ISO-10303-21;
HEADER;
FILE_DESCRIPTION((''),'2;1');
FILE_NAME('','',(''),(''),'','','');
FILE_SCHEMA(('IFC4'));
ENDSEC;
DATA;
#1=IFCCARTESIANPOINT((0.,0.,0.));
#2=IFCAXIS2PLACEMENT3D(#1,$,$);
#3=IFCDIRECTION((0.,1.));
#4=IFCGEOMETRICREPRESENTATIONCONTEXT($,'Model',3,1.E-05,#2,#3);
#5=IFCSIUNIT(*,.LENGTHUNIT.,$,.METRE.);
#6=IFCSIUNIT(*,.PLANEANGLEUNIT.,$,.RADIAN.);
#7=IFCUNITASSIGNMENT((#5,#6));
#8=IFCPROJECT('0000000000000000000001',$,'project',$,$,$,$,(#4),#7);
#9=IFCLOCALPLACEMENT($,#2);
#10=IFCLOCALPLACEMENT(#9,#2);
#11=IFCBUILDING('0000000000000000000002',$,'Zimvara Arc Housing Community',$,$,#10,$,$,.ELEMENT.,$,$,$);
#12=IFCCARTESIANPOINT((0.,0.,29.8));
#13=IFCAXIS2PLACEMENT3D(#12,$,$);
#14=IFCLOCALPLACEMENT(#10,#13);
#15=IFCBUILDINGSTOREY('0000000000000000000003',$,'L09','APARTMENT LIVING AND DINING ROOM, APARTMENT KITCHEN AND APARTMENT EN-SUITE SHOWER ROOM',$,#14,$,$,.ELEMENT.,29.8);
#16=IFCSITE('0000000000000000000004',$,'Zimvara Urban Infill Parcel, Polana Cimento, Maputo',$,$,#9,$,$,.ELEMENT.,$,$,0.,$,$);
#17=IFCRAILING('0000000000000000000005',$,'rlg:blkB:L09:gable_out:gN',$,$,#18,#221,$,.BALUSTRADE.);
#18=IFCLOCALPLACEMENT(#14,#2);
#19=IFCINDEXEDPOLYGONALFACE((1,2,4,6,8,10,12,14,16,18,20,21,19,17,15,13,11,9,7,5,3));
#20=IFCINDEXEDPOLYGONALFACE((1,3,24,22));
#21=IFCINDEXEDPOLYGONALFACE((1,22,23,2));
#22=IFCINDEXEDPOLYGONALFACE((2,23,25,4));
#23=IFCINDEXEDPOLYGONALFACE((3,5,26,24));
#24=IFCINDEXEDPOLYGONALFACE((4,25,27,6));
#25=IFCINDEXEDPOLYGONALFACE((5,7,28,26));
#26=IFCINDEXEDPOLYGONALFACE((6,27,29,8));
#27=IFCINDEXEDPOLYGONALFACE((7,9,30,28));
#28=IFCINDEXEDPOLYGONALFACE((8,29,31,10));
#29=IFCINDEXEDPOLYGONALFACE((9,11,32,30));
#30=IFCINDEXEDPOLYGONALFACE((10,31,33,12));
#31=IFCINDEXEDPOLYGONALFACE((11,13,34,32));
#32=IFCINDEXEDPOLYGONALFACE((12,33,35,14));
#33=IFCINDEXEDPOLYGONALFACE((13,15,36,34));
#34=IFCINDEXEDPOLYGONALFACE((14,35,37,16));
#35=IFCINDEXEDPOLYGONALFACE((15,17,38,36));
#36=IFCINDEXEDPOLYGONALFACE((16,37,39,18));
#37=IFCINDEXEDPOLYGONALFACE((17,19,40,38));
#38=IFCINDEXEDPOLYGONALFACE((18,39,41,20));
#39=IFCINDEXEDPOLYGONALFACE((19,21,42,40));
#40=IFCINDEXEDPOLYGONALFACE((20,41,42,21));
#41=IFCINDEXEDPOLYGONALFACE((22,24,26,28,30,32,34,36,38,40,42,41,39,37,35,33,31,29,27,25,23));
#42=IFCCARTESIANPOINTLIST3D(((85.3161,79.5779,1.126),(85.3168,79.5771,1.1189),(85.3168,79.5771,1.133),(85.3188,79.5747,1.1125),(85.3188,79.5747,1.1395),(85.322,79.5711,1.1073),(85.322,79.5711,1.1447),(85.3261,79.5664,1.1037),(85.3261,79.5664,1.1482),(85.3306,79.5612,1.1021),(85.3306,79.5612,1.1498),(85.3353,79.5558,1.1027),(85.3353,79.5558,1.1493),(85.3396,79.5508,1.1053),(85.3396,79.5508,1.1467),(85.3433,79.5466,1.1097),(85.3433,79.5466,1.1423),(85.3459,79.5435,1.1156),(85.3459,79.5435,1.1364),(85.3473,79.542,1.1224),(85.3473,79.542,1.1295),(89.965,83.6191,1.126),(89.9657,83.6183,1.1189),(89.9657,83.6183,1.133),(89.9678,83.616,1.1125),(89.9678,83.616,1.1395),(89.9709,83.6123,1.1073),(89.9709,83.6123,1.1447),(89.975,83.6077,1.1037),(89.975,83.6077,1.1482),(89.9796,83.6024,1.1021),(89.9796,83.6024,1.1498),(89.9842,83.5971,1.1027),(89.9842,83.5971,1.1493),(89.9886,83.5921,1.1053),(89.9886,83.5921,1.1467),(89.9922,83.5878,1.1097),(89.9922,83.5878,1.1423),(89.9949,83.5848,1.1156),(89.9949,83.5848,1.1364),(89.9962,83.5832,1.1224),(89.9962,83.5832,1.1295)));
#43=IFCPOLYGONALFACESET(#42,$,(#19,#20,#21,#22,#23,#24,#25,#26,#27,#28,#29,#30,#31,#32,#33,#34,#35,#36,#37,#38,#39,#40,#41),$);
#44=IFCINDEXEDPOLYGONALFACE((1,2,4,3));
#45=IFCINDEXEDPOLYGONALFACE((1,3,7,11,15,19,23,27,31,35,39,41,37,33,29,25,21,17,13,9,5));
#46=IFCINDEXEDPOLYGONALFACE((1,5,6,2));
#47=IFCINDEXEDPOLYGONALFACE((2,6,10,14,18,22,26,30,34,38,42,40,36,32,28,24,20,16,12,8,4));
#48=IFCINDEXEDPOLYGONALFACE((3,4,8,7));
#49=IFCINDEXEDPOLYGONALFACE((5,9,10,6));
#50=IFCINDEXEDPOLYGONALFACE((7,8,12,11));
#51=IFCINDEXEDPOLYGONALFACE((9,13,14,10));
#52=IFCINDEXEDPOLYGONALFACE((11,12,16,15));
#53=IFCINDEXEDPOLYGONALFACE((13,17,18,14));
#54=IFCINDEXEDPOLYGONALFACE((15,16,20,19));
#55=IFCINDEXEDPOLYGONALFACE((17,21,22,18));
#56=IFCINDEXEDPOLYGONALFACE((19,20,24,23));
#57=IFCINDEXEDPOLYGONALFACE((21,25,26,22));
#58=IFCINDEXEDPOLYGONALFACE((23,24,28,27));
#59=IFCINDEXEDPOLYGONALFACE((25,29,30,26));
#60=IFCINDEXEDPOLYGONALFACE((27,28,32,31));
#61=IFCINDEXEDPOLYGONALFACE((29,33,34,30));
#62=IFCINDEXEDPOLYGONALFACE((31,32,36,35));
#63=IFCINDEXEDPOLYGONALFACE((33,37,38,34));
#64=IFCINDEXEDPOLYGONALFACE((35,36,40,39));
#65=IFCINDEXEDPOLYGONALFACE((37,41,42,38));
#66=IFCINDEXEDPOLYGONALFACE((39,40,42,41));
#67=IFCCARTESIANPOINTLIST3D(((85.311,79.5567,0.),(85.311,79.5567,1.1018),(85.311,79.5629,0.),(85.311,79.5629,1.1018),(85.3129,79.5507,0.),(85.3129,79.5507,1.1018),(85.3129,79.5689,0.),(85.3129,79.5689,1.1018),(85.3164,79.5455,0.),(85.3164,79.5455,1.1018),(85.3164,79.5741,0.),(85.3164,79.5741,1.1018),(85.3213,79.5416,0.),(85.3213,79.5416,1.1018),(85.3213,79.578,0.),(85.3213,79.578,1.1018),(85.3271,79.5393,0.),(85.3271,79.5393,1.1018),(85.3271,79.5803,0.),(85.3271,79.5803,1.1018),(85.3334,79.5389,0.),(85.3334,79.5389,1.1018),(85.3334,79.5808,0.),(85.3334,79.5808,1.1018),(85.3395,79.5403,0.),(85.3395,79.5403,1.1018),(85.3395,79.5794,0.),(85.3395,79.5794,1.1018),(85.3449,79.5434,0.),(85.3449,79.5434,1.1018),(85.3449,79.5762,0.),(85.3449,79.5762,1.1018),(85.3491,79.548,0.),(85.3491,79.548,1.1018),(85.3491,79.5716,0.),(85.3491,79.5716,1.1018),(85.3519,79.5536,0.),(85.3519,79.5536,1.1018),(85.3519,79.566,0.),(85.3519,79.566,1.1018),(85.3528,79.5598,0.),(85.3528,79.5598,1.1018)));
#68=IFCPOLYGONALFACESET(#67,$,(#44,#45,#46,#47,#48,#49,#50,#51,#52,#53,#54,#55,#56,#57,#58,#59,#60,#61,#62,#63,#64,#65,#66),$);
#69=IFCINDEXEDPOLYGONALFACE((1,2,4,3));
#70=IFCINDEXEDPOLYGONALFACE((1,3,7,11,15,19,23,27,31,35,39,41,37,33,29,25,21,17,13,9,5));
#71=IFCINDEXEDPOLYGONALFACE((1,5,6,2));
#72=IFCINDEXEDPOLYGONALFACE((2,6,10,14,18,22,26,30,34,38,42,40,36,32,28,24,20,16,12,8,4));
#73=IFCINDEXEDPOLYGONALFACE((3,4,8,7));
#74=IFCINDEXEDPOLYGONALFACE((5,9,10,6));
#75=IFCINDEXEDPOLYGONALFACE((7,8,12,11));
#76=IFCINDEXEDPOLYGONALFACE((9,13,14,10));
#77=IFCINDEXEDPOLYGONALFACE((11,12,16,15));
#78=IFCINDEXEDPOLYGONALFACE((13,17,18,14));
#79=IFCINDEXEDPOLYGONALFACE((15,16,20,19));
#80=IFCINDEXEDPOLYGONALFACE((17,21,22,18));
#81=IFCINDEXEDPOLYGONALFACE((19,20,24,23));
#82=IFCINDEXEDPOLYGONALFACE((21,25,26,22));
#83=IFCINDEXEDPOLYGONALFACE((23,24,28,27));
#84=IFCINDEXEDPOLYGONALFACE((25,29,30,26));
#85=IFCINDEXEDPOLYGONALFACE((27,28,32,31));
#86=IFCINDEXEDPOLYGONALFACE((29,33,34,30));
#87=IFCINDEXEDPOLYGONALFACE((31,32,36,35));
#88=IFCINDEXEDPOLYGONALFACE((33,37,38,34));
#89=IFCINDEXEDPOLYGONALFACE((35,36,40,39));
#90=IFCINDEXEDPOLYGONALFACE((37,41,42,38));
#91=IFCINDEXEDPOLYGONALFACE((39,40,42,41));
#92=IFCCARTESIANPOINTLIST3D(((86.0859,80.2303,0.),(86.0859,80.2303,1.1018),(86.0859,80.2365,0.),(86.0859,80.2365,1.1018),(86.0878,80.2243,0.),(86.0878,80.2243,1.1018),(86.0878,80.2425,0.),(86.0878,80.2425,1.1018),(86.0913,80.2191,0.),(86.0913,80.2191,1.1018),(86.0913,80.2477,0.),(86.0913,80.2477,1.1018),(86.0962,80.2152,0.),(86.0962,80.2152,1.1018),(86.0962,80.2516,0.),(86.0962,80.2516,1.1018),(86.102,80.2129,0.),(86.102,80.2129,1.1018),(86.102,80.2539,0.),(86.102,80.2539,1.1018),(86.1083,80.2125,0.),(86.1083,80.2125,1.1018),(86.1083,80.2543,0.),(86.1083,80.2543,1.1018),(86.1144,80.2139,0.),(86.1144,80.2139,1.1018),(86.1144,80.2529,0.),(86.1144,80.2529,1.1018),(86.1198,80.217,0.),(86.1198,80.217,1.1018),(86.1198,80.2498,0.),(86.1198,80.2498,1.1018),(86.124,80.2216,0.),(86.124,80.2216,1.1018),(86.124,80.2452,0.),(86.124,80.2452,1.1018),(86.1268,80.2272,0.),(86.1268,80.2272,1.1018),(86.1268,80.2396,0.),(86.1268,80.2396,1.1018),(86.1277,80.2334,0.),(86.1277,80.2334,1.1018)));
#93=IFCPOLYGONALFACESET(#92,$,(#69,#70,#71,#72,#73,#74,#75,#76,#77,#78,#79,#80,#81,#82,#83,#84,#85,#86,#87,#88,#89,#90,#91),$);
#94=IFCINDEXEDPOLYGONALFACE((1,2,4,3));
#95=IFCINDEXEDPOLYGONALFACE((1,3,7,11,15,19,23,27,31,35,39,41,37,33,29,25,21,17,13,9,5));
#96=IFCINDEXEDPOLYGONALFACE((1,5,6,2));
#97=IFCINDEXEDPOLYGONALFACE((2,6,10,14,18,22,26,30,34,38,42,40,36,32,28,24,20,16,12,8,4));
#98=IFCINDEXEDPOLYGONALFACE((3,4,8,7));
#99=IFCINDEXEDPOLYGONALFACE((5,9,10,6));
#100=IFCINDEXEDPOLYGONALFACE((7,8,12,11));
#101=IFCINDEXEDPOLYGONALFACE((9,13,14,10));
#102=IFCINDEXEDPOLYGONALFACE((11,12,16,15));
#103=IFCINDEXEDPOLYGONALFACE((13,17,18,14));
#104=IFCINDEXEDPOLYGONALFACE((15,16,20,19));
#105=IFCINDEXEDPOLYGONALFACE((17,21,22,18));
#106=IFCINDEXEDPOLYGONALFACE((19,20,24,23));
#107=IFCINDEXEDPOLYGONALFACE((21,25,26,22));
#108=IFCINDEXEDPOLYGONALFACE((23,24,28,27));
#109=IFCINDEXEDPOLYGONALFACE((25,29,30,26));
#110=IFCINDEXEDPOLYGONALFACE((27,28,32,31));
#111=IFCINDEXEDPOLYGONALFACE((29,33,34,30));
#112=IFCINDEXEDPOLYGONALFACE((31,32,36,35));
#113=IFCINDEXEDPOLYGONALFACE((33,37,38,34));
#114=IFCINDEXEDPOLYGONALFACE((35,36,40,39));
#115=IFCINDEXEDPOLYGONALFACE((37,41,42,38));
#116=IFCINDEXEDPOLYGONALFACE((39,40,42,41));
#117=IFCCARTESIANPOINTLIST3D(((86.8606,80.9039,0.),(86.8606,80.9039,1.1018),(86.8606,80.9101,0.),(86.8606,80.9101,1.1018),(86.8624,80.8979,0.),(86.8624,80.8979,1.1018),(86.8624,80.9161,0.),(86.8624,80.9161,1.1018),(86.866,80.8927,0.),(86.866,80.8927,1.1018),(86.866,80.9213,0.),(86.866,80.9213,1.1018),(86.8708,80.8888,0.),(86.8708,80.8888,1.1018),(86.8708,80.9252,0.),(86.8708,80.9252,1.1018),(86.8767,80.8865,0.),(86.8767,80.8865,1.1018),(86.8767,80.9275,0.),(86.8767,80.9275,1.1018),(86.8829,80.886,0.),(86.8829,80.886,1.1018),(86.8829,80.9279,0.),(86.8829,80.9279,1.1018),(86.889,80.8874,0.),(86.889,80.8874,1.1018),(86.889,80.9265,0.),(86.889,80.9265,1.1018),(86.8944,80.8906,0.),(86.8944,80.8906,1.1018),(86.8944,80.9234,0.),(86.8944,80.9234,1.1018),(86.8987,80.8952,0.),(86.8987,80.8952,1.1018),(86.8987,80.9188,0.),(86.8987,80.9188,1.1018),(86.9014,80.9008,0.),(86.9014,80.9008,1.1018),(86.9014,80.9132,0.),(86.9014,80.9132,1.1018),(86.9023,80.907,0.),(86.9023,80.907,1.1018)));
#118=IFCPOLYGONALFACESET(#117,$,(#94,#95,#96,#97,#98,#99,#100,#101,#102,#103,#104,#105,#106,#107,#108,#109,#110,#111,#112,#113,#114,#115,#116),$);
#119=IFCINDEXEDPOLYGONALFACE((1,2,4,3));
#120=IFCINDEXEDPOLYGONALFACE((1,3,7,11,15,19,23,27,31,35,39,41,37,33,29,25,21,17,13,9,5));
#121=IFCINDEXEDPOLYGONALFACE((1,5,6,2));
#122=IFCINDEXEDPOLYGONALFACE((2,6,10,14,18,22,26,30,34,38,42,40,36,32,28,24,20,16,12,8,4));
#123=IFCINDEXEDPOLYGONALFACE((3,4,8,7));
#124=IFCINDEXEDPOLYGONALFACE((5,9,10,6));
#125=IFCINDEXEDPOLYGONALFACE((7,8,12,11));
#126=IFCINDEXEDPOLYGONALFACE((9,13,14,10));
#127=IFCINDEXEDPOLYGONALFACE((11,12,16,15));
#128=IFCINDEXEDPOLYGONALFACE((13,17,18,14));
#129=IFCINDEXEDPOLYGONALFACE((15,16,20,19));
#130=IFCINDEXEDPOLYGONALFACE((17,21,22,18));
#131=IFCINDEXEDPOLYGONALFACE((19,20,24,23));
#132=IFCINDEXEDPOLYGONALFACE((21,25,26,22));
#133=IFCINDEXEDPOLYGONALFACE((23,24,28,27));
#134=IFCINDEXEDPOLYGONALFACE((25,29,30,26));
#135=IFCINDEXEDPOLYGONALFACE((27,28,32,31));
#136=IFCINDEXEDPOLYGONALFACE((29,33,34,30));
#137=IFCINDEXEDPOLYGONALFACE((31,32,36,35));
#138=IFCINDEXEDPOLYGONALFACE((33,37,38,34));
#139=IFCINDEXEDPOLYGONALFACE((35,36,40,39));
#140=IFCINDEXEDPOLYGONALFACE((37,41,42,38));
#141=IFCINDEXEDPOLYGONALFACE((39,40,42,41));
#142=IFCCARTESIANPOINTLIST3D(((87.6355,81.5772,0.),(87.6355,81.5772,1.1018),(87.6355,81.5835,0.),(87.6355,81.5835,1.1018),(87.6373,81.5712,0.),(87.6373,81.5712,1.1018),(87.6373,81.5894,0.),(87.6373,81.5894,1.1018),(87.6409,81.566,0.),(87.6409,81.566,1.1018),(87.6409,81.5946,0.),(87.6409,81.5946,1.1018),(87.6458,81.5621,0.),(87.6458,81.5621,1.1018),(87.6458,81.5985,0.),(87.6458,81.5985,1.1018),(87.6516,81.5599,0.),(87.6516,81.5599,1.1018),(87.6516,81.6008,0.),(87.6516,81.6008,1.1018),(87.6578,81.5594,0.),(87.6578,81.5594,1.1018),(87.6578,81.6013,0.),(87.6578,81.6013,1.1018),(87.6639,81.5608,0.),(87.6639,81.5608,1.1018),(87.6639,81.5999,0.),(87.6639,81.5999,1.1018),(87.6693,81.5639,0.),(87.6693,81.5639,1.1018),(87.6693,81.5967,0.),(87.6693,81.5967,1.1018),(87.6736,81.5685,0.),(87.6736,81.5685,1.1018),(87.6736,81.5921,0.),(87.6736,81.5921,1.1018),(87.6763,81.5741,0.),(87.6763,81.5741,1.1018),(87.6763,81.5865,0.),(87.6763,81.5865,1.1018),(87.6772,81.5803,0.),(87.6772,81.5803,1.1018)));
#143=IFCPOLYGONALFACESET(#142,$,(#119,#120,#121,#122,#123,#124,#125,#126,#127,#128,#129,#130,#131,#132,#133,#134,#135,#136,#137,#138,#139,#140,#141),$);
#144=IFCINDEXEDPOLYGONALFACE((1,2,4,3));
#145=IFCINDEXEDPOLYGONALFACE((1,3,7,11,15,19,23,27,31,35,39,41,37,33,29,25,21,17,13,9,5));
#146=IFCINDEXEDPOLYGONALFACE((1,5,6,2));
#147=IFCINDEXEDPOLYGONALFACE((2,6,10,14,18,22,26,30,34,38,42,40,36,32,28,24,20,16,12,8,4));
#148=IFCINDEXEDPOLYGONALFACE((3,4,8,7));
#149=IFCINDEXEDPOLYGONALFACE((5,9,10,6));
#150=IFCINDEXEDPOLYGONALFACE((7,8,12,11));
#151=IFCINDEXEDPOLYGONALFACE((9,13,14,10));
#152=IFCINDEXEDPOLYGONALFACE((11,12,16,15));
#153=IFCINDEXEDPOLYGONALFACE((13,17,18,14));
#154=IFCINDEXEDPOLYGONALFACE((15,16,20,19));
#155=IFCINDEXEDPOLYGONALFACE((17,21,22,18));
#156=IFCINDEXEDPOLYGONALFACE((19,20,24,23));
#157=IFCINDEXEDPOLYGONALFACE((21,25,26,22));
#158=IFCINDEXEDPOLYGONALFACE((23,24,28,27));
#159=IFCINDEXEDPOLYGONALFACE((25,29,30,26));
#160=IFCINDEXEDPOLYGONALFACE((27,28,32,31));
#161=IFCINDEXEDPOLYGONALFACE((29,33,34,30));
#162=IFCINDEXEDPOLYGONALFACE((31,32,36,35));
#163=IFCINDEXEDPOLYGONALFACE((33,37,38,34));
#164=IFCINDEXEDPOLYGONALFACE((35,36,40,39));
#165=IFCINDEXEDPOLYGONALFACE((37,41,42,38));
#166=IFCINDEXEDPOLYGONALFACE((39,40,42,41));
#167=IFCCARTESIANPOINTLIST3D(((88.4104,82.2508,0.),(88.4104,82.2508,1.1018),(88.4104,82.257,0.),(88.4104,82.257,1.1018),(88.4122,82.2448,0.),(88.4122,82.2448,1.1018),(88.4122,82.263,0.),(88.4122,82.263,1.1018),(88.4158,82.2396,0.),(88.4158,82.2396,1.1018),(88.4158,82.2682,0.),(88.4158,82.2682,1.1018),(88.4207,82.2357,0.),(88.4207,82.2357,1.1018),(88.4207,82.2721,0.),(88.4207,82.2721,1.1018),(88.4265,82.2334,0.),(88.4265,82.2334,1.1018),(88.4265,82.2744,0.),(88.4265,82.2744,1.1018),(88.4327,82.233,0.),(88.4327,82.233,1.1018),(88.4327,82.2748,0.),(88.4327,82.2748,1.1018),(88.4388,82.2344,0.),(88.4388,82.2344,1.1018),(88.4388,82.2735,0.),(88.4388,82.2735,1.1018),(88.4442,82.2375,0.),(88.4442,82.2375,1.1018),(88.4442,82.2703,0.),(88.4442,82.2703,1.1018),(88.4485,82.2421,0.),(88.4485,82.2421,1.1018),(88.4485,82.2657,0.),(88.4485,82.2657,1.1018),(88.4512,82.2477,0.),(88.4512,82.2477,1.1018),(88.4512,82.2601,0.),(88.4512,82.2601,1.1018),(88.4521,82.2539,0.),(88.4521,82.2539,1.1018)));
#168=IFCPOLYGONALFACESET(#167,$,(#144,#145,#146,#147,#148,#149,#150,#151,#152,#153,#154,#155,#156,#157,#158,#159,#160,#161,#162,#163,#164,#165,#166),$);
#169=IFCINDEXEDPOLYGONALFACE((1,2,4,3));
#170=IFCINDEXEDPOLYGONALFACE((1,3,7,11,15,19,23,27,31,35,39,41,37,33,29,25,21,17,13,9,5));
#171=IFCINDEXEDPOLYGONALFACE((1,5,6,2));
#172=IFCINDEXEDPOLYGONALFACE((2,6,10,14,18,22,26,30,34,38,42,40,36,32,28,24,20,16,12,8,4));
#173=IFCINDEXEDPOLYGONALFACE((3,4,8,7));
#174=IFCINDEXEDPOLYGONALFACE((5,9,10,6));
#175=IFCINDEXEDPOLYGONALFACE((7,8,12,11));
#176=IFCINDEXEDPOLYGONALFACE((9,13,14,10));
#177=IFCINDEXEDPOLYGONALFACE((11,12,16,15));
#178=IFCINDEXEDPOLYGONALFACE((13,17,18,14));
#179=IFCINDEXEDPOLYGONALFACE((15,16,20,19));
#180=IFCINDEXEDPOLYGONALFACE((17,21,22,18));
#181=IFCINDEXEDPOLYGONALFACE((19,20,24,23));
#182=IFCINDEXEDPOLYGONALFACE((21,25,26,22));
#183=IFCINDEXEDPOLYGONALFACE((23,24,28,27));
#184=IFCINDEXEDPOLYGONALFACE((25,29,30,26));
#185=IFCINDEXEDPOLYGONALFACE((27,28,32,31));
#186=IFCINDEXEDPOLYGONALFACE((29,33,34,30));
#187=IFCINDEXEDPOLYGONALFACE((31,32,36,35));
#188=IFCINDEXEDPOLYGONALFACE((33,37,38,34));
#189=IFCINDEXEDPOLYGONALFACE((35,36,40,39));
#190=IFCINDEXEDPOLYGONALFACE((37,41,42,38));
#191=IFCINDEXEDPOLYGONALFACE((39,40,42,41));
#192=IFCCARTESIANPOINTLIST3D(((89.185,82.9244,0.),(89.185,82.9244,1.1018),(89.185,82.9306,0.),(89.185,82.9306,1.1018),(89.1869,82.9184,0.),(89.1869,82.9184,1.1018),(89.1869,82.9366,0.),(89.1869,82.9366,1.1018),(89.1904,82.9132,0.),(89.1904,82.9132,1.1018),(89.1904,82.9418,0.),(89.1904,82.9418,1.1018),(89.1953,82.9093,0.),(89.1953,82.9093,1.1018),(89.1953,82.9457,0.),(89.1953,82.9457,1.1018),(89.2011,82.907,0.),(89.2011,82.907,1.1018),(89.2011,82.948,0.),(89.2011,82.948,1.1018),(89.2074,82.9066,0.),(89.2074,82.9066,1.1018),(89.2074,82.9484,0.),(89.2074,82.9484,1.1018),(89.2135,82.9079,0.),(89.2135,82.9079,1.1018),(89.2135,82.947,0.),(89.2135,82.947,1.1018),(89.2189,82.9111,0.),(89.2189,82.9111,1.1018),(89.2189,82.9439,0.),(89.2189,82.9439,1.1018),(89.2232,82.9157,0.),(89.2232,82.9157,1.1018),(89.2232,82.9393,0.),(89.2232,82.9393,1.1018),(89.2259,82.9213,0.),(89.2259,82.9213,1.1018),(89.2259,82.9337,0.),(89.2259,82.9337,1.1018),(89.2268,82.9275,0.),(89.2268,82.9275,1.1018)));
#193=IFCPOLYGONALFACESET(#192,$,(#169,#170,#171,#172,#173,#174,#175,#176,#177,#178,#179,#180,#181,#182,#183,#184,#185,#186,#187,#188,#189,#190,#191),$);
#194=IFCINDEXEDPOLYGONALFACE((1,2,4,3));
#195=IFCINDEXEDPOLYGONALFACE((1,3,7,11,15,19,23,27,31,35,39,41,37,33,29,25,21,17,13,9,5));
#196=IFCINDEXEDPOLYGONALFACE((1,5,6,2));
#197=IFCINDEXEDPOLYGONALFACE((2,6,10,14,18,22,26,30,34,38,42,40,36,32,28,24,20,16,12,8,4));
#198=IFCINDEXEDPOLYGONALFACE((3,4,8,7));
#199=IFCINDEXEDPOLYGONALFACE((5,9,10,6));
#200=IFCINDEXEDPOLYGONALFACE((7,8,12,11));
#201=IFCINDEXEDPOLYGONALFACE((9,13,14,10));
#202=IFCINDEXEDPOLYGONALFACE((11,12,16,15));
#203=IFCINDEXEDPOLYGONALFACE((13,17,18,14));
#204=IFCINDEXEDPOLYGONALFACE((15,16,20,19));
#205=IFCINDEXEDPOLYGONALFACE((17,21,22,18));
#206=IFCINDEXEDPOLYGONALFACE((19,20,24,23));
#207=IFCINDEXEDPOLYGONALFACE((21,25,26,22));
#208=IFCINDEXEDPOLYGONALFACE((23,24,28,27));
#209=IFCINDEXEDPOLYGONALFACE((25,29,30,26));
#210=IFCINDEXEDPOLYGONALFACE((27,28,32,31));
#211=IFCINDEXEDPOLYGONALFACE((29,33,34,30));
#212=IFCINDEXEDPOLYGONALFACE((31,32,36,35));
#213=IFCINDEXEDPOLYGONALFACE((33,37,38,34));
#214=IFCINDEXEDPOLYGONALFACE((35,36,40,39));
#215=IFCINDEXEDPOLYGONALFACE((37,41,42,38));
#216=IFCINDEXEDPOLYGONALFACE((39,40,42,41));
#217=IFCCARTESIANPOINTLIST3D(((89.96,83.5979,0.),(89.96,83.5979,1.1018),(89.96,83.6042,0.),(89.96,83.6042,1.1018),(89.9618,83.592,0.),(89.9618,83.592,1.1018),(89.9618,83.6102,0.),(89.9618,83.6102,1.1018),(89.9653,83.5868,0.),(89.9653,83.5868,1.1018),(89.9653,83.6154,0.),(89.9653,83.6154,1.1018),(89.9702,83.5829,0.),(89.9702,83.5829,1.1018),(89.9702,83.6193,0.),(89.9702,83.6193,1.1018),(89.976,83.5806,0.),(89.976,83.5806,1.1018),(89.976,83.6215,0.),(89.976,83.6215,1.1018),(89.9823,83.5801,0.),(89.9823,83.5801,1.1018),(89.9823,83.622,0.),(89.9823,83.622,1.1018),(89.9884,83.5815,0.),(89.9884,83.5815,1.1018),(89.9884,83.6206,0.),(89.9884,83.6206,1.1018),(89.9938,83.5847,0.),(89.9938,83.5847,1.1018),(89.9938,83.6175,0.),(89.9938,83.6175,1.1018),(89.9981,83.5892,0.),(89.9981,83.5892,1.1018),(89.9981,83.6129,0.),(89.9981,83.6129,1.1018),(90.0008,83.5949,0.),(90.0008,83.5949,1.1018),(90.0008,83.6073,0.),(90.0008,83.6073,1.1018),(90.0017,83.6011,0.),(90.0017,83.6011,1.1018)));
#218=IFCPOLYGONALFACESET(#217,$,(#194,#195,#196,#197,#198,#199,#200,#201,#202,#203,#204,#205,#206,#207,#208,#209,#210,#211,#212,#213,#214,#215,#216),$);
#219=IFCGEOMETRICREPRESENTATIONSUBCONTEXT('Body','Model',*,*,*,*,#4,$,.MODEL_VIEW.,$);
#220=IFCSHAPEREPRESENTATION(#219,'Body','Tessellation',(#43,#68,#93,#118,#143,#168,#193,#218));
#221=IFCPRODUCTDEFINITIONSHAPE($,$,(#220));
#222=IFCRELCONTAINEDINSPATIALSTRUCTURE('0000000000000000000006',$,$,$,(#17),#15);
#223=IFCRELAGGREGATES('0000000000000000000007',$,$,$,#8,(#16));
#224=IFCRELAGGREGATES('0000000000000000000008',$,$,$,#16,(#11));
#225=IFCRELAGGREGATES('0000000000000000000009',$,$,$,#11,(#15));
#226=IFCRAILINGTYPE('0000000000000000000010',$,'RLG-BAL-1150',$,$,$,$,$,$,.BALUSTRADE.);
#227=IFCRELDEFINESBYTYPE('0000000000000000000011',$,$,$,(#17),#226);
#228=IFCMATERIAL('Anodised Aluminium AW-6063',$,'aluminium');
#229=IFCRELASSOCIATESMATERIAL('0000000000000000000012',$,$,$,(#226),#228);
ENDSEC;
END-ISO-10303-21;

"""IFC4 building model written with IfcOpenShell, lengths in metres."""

from ifc_helpers import new_model, si_unit, direction, frame, origin, origin_2d, place, context, subcontext, project, spatial, circle, extrude, material, type_object, element, save


model = new_model("IFC4")

# Units and contexts
model_context = context("Model", 3, precision=1e-05, world=origin(), true_north=direction((0.0, 1.0)))
body_context = subcontext(model_context, "Body", "Model", "MODEL_VIEW")
ifc_project = project(units=[si_unit("LENGTHUNIT", "METRE"), si_unit("PLANEANGLEUNIT", "RADIAN")], contexts=[model_context])

# Site, building, storey
site_placement = place(None, origin())
site = spatial("IfcSite", under=ifc_project, at=site_placement, Name="Zimvara Urban Infill Parcel, Polana Cimento, Maputo", CompositionType="ELEMENT", RefElevation=0.0)
building_placement = place(site_placement, origin())
building = spatial("IfcBuilding", under=site, at=building_placement, Name="Zimvara Arc Housing Community", CompositionType="ELEMENT")
storey_placement = place(building_placement, frame((0.0, 0.0, 29.8)))
storey = spatial("IfcBuildingStorey", under=building, at=storey_placement, Name="L09", Description="APARTMENT LIVING AND DINING ROOM, APARTMENT KITCHEN AND APARTMENT EN-SUITE SHOWER ROOM", CompositionType="ELEMENT", Elevation=29.8)

# Railing
ifc_material_1 = material(Name="Anodised Aluminium AW-6063", Category="aluminium")
railing_type = type_object("IfcRailingType", Name="RLG-BAL-1150", PredefinedType="BALUSTRADE", material=ifc_material_1)
railing_placement = place(storey_placement, frame((85.3318, 79.5598, 0.0)))
element("IfcRailing", 1, at=railing_placement, inside=storey, type_object=railing_type, Name="rlg:blkB:L09:gable_out:gN", PredefinedType="BALUSTRADE", context=body_context, shape_type="SweptSolid", body=[
    extrude(circle(Radius=0.0239, at=origin_2d()), frame((0.0, 0.0, 1.126), z_axis=(0.754709, 0.65606, 0.0), x_axis=(-0.65606, 0.754709, 0.0)), (0.0, 0.0, 1.0), 6.1599),
    extrude(circle(Radius=0.021, at=origin_2d()), origin(), (0.0, 0.0, 1.0), 1.1018),
    extrude(circle(Radius=0.021, at=origin_2d()), frame((0.7749, 0.6736, 0.0)), (0.0, 0.0, 1.0), 1.1018),
    extrude(circle(Radius=0.021, at=origin_2d()), frame((1.5496, 1.3472, 0.0)), (0.0, 0.0, 1.0), 1.1018),
    extrude(circle(Radius=0.021, at=origin_2d()), frame((2.3245, 2.0205, 0.0)), (0.0, 0.0, 1.0), 1.1018),
    extrude(circle(Radius=0.021, at=origin_2d()), frame((3.0994, 2.6941, 0.0)), (0.0, 0.0, 1.0), 1.1018),
    extrude(circle(Radius=0.021, at=origin_2d()), frame((3.874, 3.3677, 0.0)), (0.0, 0.0, 1.0), 1.1018),
    extrude(circle(Radius=0.021, at=origin_2d()), frame((4.6489, 4.0413, 0.0)), (0.0, 0.0, 1.0), 1.1018),
])

save(model, "model.ifc")
